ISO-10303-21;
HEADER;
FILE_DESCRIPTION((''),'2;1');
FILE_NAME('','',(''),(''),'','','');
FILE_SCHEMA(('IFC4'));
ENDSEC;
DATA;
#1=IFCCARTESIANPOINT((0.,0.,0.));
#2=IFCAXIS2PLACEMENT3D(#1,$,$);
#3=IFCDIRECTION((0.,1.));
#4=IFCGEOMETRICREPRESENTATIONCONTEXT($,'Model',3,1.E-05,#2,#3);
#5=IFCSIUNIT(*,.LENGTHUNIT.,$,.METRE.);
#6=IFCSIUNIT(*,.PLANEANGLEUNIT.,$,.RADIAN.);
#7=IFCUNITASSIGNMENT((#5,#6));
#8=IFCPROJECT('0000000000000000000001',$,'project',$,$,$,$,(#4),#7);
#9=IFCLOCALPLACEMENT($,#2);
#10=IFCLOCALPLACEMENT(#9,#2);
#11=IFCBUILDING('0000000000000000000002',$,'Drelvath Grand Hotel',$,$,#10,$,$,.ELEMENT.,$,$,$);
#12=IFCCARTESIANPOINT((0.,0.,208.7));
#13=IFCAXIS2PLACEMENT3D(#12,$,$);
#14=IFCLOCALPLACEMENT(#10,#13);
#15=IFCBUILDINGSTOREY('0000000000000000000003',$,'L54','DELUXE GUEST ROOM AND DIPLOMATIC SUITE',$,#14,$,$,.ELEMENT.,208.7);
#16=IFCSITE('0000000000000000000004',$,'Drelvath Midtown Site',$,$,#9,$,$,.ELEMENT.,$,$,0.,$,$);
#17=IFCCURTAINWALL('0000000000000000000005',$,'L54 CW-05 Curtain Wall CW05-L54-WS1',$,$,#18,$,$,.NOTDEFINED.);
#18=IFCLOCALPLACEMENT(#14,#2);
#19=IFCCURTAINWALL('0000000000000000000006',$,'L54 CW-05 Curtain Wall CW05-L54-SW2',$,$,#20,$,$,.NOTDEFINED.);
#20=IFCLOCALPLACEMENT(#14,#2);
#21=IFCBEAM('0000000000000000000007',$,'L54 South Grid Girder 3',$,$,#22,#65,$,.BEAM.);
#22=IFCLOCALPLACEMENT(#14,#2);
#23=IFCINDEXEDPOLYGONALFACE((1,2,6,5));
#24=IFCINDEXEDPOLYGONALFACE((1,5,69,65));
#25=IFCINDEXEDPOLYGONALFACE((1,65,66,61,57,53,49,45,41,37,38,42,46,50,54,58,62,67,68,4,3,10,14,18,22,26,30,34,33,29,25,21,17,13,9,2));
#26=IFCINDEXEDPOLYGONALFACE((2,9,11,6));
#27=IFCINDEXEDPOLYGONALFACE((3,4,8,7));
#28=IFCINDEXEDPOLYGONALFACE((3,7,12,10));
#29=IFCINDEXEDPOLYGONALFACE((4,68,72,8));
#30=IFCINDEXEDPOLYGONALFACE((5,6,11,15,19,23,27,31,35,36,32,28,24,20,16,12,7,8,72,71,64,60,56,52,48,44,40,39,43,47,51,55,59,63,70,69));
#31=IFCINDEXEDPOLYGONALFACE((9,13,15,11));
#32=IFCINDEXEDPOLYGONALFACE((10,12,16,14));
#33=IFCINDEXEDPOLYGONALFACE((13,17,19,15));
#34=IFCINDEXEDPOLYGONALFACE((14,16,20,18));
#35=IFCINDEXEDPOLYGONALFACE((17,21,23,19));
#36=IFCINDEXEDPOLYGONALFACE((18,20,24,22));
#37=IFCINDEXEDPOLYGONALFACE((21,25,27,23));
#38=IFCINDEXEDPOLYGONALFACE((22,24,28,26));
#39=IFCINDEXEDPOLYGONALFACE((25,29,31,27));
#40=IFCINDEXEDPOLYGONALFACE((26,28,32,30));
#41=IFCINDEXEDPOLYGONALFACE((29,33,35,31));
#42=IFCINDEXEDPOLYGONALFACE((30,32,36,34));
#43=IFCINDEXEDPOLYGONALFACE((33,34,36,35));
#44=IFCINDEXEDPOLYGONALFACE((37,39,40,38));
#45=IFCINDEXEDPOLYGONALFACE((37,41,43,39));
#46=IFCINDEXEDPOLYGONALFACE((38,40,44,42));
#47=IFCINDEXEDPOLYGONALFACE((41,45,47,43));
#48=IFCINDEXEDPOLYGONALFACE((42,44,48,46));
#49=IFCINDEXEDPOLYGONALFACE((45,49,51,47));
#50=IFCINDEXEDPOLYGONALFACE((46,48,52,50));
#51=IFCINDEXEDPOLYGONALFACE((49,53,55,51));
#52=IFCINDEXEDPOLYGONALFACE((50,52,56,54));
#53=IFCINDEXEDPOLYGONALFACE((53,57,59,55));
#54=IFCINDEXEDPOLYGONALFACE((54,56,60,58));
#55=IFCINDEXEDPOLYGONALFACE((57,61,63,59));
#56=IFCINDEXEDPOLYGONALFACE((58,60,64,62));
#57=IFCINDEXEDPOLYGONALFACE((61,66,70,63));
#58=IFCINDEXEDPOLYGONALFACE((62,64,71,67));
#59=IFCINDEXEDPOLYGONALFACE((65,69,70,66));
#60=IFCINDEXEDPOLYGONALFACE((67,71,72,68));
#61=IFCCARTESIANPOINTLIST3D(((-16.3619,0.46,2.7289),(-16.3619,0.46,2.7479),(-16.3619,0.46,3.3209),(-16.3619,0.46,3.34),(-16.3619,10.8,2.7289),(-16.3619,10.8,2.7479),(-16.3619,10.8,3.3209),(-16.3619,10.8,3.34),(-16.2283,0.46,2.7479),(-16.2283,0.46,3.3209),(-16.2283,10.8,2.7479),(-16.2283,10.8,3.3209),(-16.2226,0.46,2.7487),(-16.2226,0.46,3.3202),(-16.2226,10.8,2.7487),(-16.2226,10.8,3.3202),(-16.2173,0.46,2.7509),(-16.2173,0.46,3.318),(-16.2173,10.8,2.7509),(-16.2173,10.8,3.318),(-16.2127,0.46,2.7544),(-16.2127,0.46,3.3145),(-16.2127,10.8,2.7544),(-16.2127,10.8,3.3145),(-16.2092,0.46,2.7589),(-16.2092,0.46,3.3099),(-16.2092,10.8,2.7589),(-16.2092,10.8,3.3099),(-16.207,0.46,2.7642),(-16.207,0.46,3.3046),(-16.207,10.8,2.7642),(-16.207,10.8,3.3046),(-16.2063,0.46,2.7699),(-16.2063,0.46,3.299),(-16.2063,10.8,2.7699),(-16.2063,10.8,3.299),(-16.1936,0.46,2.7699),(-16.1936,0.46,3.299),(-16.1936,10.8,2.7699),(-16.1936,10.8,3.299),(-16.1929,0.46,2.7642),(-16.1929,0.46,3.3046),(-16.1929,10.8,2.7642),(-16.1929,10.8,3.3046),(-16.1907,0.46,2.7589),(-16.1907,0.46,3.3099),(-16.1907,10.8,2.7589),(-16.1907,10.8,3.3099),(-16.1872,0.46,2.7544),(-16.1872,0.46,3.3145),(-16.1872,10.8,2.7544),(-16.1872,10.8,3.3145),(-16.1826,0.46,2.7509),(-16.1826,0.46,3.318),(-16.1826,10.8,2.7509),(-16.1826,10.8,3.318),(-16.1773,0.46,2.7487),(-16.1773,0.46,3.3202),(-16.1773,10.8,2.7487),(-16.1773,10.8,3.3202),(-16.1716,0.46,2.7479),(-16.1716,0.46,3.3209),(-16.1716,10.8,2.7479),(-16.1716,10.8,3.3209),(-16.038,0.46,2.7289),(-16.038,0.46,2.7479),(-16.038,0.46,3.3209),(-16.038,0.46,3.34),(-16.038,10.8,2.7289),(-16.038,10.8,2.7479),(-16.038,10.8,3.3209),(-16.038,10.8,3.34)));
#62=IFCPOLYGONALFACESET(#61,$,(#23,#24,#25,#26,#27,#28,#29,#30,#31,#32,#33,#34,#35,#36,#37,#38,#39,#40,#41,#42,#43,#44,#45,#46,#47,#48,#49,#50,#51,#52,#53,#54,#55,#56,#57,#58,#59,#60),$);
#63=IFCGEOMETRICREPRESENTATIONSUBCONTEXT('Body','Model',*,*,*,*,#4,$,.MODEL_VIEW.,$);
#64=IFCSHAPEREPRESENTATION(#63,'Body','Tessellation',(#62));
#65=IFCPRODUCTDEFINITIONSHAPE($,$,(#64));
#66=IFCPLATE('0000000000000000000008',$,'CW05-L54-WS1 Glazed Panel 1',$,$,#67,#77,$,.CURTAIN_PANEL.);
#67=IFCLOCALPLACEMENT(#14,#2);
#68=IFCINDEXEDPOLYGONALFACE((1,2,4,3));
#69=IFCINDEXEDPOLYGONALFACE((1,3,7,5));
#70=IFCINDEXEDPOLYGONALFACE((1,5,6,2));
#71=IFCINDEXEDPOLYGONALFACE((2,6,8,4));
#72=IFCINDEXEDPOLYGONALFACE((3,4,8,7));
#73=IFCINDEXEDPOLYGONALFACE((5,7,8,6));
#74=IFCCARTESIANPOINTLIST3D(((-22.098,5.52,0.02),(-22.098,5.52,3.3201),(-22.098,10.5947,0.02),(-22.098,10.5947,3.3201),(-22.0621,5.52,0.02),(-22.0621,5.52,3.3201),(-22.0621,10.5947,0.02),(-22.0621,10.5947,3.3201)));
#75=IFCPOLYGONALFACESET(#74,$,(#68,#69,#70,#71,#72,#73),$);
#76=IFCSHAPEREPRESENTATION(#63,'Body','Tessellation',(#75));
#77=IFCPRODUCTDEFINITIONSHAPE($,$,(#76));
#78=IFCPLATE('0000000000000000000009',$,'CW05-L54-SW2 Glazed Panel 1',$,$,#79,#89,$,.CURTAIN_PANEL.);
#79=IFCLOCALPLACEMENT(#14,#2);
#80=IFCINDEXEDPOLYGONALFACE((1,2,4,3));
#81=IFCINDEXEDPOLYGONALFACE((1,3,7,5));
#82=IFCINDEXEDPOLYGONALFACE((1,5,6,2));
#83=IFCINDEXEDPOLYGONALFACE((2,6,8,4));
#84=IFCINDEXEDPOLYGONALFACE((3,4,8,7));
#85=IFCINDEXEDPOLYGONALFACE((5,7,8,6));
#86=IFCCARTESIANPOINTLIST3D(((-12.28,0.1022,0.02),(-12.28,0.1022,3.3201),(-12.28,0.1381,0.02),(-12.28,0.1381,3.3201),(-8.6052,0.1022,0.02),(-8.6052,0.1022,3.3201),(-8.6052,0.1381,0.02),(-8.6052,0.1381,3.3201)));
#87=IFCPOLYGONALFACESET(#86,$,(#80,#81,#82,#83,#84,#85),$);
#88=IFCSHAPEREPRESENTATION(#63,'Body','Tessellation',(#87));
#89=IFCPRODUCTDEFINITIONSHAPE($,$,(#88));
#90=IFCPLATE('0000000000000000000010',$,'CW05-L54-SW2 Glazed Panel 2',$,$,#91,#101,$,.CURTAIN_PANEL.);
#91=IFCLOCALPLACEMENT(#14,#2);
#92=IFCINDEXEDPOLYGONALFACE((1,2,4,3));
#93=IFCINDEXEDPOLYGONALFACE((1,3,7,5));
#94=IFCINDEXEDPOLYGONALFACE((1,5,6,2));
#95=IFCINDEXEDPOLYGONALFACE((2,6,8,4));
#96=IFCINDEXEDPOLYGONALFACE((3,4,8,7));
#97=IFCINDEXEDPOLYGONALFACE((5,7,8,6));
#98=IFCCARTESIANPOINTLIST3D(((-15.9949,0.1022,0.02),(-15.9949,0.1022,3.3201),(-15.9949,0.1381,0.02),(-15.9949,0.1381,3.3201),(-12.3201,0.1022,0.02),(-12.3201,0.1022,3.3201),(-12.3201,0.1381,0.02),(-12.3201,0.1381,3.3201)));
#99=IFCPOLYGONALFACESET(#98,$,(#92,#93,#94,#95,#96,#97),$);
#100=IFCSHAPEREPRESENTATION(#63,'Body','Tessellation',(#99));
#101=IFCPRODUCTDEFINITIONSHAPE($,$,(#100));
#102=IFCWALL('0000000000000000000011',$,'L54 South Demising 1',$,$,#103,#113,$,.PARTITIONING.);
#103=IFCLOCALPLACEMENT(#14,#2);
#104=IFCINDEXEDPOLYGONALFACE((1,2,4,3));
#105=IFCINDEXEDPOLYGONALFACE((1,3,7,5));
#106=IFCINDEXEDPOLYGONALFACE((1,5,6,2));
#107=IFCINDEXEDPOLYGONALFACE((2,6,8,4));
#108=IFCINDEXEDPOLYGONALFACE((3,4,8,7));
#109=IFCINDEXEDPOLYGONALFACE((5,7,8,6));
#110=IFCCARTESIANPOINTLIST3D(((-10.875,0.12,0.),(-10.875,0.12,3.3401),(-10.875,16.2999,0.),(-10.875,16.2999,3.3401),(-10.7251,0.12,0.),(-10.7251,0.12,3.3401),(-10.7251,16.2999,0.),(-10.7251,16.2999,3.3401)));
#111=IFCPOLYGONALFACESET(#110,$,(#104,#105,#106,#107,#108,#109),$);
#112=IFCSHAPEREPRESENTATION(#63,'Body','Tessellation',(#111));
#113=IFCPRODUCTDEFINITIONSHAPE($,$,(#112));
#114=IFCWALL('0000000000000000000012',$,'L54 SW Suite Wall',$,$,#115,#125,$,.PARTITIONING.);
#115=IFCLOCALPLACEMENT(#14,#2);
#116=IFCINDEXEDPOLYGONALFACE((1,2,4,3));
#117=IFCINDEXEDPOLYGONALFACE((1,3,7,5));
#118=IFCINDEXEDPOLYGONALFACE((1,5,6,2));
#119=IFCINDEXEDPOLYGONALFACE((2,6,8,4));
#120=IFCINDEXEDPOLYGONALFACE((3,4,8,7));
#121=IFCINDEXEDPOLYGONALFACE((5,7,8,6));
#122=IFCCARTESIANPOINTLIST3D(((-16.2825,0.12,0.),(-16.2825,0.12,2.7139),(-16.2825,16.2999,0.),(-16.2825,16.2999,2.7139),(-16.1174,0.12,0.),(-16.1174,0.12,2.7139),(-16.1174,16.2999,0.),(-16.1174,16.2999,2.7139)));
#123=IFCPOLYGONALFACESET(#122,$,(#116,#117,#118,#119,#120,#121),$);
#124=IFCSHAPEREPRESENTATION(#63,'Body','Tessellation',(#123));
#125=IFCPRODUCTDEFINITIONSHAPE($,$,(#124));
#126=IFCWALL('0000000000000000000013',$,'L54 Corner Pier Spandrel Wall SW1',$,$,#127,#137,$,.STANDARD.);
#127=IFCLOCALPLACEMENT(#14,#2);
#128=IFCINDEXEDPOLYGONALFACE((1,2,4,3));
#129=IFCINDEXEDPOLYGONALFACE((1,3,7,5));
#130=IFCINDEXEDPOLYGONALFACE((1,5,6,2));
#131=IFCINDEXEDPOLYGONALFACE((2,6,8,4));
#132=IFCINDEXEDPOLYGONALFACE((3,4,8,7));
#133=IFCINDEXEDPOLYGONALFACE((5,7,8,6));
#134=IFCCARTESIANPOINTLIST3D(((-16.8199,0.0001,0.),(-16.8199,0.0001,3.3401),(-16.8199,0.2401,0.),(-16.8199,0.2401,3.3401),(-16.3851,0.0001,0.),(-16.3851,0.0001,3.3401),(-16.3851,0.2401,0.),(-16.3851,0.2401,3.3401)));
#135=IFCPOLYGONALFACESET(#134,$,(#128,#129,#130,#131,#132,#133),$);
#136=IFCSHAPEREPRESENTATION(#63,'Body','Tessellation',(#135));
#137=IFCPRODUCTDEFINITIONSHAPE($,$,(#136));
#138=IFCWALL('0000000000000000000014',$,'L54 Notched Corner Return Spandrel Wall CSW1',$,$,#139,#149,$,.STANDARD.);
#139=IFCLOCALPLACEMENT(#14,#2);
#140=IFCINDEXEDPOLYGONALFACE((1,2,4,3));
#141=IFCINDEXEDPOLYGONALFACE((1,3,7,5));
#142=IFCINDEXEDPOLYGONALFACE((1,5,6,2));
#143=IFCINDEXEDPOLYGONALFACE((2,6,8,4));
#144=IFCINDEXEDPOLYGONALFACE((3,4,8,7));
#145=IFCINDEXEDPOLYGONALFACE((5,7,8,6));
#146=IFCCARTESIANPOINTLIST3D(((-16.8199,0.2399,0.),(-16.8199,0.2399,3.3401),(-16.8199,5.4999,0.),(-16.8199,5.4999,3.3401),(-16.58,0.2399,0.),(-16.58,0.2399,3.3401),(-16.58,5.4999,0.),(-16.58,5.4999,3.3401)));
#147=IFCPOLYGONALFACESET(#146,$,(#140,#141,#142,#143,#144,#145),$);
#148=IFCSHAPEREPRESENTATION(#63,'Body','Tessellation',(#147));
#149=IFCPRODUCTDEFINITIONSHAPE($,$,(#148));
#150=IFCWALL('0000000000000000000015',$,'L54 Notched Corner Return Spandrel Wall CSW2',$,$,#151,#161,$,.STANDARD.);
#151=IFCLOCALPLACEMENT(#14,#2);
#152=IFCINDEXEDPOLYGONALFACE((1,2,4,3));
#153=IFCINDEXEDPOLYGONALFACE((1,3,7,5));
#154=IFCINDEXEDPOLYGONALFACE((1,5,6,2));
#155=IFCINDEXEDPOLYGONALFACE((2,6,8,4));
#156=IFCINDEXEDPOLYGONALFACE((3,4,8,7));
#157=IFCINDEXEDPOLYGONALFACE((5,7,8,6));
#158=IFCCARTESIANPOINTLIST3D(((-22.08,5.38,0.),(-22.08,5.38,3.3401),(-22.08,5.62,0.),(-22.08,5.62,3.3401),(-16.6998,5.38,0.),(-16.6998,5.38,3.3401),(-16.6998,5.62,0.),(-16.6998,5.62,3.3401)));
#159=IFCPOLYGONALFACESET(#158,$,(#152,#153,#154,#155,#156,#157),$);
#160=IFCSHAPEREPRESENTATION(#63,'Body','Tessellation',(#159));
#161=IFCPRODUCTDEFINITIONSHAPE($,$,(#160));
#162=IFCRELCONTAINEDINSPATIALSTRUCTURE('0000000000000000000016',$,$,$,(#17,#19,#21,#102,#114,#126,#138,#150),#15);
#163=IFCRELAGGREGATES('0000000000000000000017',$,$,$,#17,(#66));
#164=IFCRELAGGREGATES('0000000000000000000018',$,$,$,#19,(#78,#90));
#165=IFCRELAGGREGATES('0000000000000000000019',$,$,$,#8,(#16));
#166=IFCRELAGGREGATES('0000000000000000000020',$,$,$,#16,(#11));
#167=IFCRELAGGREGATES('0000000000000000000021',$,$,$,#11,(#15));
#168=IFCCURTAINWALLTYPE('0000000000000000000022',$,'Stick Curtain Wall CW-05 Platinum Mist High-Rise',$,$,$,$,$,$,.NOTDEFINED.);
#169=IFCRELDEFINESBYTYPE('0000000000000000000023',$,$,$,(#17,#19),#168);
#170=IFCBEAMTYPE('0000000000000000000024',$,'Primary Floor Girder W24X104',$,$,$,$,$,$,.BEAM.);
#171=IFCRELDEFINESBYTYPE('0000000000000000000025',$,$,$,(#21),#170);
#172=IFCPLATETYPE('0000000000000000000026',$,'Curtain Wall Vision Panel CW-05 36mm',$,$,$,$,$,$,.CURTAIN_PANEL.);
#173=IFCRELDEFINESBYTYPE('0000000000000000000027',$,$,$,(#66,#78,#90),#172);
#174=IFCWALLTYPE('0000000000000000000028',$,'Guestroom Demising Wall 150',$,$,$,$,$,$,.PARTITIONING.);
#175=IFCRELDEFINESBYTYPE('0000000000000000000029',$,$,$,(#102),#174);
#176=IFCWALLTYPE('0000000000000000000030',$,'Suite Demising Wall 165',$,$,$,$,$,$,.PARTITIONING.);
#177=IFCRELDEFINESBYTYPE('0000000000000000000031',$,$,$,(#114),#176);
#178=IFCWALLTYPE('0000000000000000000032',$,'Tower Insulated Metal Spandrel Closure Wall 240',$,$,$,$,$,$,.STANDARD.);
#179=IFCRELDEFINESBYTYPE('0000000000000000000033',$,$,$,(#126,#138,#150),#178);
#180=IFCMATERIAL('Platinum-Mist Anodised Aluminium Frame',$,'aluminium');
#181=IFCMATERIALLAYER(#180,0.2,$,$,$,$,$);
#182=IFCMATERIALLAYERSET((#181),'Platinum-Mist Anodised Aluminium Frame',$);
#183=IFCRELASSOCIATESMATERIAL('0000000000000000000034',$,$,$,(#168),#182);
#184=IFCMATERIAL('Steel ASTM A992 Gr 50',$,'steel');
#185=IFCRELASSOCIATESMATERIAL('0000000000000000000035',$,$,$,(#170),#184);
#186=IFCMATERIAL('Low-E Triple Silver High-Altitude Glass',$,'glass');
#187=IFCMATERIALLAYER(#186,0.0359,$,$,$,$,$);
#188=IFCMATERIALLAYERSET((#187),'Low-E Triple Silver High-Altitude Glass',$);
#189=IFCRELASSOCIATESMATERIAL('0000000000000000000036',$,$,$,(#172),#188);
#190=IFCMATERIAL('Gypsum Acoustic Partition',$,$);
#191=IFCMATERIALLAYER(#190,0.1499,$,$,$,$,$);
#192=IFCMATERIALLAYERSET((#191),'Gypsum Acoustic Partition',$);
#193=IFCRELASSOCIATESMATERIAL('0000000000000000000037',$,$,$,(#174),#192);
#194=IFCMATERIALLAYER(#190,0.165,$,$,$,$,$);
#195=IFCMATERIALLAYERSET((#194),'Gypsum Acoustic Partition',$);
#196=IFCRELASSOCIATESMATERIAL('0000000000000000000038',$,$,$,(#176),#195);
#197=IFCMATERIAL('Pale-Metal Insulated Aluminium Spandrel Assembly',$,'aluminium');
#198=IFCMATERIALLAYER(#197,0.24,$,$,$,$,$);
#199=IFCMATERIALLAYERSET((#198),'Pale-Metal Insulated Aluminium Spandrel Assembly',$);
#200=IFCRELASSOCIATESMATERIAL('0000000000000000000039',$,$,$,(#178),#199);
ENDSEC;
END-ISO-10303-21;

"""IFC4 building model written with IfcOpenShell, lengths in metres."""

from ifc_helpers import new_model, si_unit, direction, frame, frame_2d, origin, origin_2d, place, context, subcontext, project, spatial, rectangle, i_section, extrude, material, layer, layer_set, material_profile, profile_set, type_object, element, aggregate, save


model = new_model("IFC4")

# Units and contexts
model_context = context("Model", 3, precision=1e-05, world=origin(), true_north=direction((0.0, 1.0)))
body_context = subcontext(model_context, "Body", "Model", "MODEL_VIEW")
ifc_project = project(units=[si_unit("LENGTHUNIT", "METRE"), si_unit("PLANEANGLEUNIT", "RADIAN")], contexts=[model_context])

# Site, building, storey
site_placement = place(None, origin())
site = spatial("IfcSite", under=ifc_project, at=site_placement, Name="Drelvath Midtown Site", CompositionType="ELEMENT", RefElevation=0.0)
building_placement = place(site_placement, origin())
building = spatial("IfcBuilding", under=site, at=building_placement, Name="Drelvath Grand Hotel", CompositionType="ELEMENT")
storey_placement = place(building_placement, frame((0.0, 0.0, 208.7)))
storey = spatial("IfcBuildingStorey", under=building, at=storey_placement, Name="L54", Description="DELUXE GUEST ROOM AND DIPLOMATIC SUITE", CompositionType="ELEMENT", Elevation=208.7)

# Curtain walls
ifc_material_1 = material(Name="Platinum-Mist Anodised Aluminium Frame", Category="aluminium")
ifc_layer_1 = layer(ifc_material_1, 0.2)
ifc_layer_set_1 = layer_set([ifc_layer_1], Name="Platinum-Mist Anodised Aluminium Frame")
curtain_wall_type = type_object("IfcCurtainWallType", Name="Stick Curtain Wall CW-05 Platinum Mist High-Rise", PredefinedType="NOTDEFINED", material=ifc_layer_set_1)
curtain_wall_1_placement = place(storey_placement, origin())
curtain_wall_1 = element("IfcCurtainWall", 1, at=curtain_wall_1_placement, inside=storey, type_object=curtain_wall_type, Name="L54 CW-05 Curtain Wall CW05-L54-WS1", PredefinedType="NOTDEFINED")
curtain_wall_2_placement = place(storey_placement, origin())
curtain_wall_2 = element("IfcCurtainWall", 2, at=curtain_wall_2_placement, inside=storey, type_object=curtain_wall_type, Name="L54 CW-05 Curtain Wall CW05-L54-SW2", PredefinedType="NOTDEFINED")

# Beam
ifc_material_2 = material(Name="Steel ASTM A992 Gr 50", Category="steel")
ifc_material_profile_1 = material_profile(ifc_material_2, i_section(OverallWidth=0.324, OverallDepth=0.6111, WebThickness=0.0127, FlangeThickness=0.019, FilletRadius=0.022, at=origin_2d()), Name="W24X104")
ifc_profile_set_1 = profile_set([ifc_material_profile_1], Name="Steel ASTM A992 Gr 50")
beam_type_1 = type_object("IfcBeamType", Name="Primary Floor Girder W24X104", PredefinedType="BEAM", material=ifc_profile_set_1)
beam_1_placement = place(storey_placement, frame((-16.2, 0.46, 3.0344), z_axis=(0.0, 1.0, 0.0), x_axis=(-1.0, 0.0, 0.0)))
element("IfcBeam", 3, at=beam_1_placement, inside=storey, type_object=beam_type_1, Name="L54 South Grid Girder 3", PredefinedType="BEAM", context=body_context, shape_type="SweptSolid", body=[
    extrude(i_section(OverallWidth=0.324, OverallDepth=0.6111, WebThickness=0.0127, FlangeThickness=0.019, FilletRadius=0.022, at=origin_2d()), origin(), (0.0, 0.0, 1.0), 10.3401),
])

# Plates
ifc_material_3 = material(Name="Low-E Triple Silver High-Altitude Glass", Category="glass")
ifc_layer_2 = layer(ifc_material_3, 0.0359)
ifc_layer_set_2 = layer_set([ifc_layer_2], Name="Low-E Triple Silver High-Altitude Glass")
plate_type = type_object("IfcPlateType", Name="Curtain Wall Vision Panel CW-05 36mm", PredefinedType="CURTAIN_PANEL", material=ifc_layer_set_2)
plate_1_placement = place(storey_placement, frame((-22.0801, 8.0574, 0.02), z_axis=(0.0, 0.0, 1.0), x_axis=(0.0, 1.0, 0.0)))
plate_1 = element("IfcPlate", 4, at=plate_1_placement, type_object=plate_type, Name="CW05-L54-WS1 Glazed Panel 1", PredefinedType="CURTAIN_PANEL", context=body_context, shape_type="SweptSolid", body=[
    extrude(rectangle(XDim=5.0747, YDim=0.0359, at=origin_2d()), origin(), (0.0, 0.0, 1.0), 3.3),
])
aggregate(curtain_wall_1, [plate_1])
plate_2_placement = place(storey_placement, frame((-10.4426, 0.1201, 0.02), z_axis=(0.0, 0.0, 1.0), x_axis=(-1.0, 0.0, 0.0)))
plate_2 = element("IfcPlate", 5, at=plate_2_placement, type_object=plate_type, Name="CW05-L54-SW2 Glazed Panel 1", PredefinedType="CURTAIN_PANEL", context=body_context, shape_type="SweptSolid", body=[
    extrude(rectangle(XDim=3.6748, YDim=0.0359, at=origin_2d()), origin(), (0.0, 0.0, 1.0), 3.3),
])
plate_3_placement = place(storey_placement, frame((-14.1575, 0.1201, 0.02), z_axis=(0.0, 0.0, 1.0), x_axis=(-1.0, 0.0, 0.0)))
plate_3 = element("IfcPlate", 6, at=plate_3_placement, type_object=plate_type, Name="CW05-L54-SW2 Glazed Panel 2", PredefinedType="CURTAIN_PANEL", context=body_context, shape_type="SweptSolid", body=[
    extrude(rectangle(XDim=3.6748, YDim=0.0359, at=origin_2d()), origin(), (0.0, 0.0, 1.0), 3.3),
])
aggregate(curtain_wall_2, [plate_2, plate_3])

# Walls
ifc_material_4 = material(Name="Gypsum Acoustic Partition")
ifc_layer_3 = layer(ifc_material_4, 0.1499)
ifc_layer_set_3 = layer_set([ifc_layer_3], Name="Gypsum Acoustic Partition")
wall_type_1 = type_object("IfcWallType", Name="Guestroom Demising Wall 150", PredefinedType="PARTITIONING", material=ifc_layer_set_3)
wall_1_placement = place(storey_placement, frame((-10.8, 0.1201, 0.0), z_axis=(0.0, 0.0, 1.0), x_axis=(0.0, 1.0, 0.0)))
element("IfcWall", 7, at=wall_1_placement, inside=storey, type_object=wall_type_1, Name="L54 South Demising 1", PredefinedType="PARTITIONING", context=body_context, shape_type="SweptSolid", body=[
    extrude(rectangle(XDim=16.1799, YDim=0.1499, at=frame_2d((8.0898, 0.0))), origin(), (0.0, 0.0, 1.0), 3.3401),
])
ifc_layer_4 = layer(ifc_material_4, 0.165)
ifc_layer_set_4 = layer_set([ifc_layer_4], Name="Gypsum Acoustic Partition")
wall_type_2 = type_object("IfcWallType", Name="Suite Demising Wall 165", PredefinedType="PARTITIONING", material=ifc_layer_set_4)
wall_2_placement = place(storey_placement, frame((-16.2, 0.1201, 0.0), z_axis=(0.0, 0.0, 1.0), x_axis=(0.0, 1.0, 0.0)))
element("IfcWall", 8, at=wall_2_placement, inside=storey, type_object=wall_type_2, Name="L54 SW Suite Wall", PredefinedType="PARTITIONING", context=body_context, shape_type="SweptSolid", body=[
    extrude(rectangle(XDim=16.1799, YDim=0.165, at=frame_2d((8.0898, 0.0))), origin(), (0.0, 0.0, 1.0), 2.7139),
])
ifc_material_5 = material(Name="Pale-Metal Insulated Aluminium Spandrel Assembly", Category="aluminium")
ifc_layer_5 = layer(ifc_material_5, 0.24)
ifc_layer_set_5 = layer_set([ifc_layer_5], Name="Pale-Metal Insulated Aluminium Spandrel Assembly")
wall_type_3 = type_object("IfcWallType", Name="Tower Insulated Metal Spandrel Closure Wall 240", PredefinedType="STANDARD", material=ifc_layer_set_5)
wall_3_placement = place(storey_placement, frame((-16.3853, 0.1201, 0.0), z_axis=(0.0, 0.0, 1.0), x_axis=(-1.0, 0.0, 0.0)))
element("IfcWall", 9, at=wall_3_placement, inside=storey, type_object=wall_type_3, Name="L54 Corner Pier Spandrel Wall SW1", PredefinedType="STANDARD", context=body_context, shape_type="SweptSolid", body=[
    extrude(rectangle(XDim=0.4348, YDim=0.24, at=frame_2d((0.2173, 0.0))), origin(), (0.0, 0.0, 1.0), 3.3401),
])
wall_4_placement = place(storey_placement, frame((-16.7, 0.24, 0.0), z_axis=(0.0, 0.0, 1.0), x_axis=(0.0, 1.0, 0.0)))
element("IfcWall", 10, at=wall_4_placement, inside=storey, type_object=wall_type_3, Name="L54 Notched Corner Return Spandrel Wall CSW1", PredefinedType="STANDARD", context=body_context, shape_type="SweptSolid", body=[
    extrude(rectangle(XDim=5.26, YDim=0.24, at=frame_2d((2.6299, 0.0))), origin(), (0.0, 0.0, 1.0), 3.3401),
])
wall_5_placement = place(storey_placement, frame((-16.7, 5.5, 0.0), z_axis=(0.0, 0.0, 1.0), x_axis=(-1.0, 0.0, 0.0)))
element("IfcWall", 11, at=wall_5_placement, inside=storey, type_object=wall_type_3, Name="L54 Notched Corner Return Spandrel Wall CSW2", PredefinedType="STANDARD", context=body_context, shape_type="SweptSolid", body=[
    extrude(rectangle(XDim=5.3801, YDim=0.24, at=frame_2d((2.6899, 0.0))), origin(), (0.0, 0.0, 1.0), 3.3401),
])

save(model, "model.ifc")
